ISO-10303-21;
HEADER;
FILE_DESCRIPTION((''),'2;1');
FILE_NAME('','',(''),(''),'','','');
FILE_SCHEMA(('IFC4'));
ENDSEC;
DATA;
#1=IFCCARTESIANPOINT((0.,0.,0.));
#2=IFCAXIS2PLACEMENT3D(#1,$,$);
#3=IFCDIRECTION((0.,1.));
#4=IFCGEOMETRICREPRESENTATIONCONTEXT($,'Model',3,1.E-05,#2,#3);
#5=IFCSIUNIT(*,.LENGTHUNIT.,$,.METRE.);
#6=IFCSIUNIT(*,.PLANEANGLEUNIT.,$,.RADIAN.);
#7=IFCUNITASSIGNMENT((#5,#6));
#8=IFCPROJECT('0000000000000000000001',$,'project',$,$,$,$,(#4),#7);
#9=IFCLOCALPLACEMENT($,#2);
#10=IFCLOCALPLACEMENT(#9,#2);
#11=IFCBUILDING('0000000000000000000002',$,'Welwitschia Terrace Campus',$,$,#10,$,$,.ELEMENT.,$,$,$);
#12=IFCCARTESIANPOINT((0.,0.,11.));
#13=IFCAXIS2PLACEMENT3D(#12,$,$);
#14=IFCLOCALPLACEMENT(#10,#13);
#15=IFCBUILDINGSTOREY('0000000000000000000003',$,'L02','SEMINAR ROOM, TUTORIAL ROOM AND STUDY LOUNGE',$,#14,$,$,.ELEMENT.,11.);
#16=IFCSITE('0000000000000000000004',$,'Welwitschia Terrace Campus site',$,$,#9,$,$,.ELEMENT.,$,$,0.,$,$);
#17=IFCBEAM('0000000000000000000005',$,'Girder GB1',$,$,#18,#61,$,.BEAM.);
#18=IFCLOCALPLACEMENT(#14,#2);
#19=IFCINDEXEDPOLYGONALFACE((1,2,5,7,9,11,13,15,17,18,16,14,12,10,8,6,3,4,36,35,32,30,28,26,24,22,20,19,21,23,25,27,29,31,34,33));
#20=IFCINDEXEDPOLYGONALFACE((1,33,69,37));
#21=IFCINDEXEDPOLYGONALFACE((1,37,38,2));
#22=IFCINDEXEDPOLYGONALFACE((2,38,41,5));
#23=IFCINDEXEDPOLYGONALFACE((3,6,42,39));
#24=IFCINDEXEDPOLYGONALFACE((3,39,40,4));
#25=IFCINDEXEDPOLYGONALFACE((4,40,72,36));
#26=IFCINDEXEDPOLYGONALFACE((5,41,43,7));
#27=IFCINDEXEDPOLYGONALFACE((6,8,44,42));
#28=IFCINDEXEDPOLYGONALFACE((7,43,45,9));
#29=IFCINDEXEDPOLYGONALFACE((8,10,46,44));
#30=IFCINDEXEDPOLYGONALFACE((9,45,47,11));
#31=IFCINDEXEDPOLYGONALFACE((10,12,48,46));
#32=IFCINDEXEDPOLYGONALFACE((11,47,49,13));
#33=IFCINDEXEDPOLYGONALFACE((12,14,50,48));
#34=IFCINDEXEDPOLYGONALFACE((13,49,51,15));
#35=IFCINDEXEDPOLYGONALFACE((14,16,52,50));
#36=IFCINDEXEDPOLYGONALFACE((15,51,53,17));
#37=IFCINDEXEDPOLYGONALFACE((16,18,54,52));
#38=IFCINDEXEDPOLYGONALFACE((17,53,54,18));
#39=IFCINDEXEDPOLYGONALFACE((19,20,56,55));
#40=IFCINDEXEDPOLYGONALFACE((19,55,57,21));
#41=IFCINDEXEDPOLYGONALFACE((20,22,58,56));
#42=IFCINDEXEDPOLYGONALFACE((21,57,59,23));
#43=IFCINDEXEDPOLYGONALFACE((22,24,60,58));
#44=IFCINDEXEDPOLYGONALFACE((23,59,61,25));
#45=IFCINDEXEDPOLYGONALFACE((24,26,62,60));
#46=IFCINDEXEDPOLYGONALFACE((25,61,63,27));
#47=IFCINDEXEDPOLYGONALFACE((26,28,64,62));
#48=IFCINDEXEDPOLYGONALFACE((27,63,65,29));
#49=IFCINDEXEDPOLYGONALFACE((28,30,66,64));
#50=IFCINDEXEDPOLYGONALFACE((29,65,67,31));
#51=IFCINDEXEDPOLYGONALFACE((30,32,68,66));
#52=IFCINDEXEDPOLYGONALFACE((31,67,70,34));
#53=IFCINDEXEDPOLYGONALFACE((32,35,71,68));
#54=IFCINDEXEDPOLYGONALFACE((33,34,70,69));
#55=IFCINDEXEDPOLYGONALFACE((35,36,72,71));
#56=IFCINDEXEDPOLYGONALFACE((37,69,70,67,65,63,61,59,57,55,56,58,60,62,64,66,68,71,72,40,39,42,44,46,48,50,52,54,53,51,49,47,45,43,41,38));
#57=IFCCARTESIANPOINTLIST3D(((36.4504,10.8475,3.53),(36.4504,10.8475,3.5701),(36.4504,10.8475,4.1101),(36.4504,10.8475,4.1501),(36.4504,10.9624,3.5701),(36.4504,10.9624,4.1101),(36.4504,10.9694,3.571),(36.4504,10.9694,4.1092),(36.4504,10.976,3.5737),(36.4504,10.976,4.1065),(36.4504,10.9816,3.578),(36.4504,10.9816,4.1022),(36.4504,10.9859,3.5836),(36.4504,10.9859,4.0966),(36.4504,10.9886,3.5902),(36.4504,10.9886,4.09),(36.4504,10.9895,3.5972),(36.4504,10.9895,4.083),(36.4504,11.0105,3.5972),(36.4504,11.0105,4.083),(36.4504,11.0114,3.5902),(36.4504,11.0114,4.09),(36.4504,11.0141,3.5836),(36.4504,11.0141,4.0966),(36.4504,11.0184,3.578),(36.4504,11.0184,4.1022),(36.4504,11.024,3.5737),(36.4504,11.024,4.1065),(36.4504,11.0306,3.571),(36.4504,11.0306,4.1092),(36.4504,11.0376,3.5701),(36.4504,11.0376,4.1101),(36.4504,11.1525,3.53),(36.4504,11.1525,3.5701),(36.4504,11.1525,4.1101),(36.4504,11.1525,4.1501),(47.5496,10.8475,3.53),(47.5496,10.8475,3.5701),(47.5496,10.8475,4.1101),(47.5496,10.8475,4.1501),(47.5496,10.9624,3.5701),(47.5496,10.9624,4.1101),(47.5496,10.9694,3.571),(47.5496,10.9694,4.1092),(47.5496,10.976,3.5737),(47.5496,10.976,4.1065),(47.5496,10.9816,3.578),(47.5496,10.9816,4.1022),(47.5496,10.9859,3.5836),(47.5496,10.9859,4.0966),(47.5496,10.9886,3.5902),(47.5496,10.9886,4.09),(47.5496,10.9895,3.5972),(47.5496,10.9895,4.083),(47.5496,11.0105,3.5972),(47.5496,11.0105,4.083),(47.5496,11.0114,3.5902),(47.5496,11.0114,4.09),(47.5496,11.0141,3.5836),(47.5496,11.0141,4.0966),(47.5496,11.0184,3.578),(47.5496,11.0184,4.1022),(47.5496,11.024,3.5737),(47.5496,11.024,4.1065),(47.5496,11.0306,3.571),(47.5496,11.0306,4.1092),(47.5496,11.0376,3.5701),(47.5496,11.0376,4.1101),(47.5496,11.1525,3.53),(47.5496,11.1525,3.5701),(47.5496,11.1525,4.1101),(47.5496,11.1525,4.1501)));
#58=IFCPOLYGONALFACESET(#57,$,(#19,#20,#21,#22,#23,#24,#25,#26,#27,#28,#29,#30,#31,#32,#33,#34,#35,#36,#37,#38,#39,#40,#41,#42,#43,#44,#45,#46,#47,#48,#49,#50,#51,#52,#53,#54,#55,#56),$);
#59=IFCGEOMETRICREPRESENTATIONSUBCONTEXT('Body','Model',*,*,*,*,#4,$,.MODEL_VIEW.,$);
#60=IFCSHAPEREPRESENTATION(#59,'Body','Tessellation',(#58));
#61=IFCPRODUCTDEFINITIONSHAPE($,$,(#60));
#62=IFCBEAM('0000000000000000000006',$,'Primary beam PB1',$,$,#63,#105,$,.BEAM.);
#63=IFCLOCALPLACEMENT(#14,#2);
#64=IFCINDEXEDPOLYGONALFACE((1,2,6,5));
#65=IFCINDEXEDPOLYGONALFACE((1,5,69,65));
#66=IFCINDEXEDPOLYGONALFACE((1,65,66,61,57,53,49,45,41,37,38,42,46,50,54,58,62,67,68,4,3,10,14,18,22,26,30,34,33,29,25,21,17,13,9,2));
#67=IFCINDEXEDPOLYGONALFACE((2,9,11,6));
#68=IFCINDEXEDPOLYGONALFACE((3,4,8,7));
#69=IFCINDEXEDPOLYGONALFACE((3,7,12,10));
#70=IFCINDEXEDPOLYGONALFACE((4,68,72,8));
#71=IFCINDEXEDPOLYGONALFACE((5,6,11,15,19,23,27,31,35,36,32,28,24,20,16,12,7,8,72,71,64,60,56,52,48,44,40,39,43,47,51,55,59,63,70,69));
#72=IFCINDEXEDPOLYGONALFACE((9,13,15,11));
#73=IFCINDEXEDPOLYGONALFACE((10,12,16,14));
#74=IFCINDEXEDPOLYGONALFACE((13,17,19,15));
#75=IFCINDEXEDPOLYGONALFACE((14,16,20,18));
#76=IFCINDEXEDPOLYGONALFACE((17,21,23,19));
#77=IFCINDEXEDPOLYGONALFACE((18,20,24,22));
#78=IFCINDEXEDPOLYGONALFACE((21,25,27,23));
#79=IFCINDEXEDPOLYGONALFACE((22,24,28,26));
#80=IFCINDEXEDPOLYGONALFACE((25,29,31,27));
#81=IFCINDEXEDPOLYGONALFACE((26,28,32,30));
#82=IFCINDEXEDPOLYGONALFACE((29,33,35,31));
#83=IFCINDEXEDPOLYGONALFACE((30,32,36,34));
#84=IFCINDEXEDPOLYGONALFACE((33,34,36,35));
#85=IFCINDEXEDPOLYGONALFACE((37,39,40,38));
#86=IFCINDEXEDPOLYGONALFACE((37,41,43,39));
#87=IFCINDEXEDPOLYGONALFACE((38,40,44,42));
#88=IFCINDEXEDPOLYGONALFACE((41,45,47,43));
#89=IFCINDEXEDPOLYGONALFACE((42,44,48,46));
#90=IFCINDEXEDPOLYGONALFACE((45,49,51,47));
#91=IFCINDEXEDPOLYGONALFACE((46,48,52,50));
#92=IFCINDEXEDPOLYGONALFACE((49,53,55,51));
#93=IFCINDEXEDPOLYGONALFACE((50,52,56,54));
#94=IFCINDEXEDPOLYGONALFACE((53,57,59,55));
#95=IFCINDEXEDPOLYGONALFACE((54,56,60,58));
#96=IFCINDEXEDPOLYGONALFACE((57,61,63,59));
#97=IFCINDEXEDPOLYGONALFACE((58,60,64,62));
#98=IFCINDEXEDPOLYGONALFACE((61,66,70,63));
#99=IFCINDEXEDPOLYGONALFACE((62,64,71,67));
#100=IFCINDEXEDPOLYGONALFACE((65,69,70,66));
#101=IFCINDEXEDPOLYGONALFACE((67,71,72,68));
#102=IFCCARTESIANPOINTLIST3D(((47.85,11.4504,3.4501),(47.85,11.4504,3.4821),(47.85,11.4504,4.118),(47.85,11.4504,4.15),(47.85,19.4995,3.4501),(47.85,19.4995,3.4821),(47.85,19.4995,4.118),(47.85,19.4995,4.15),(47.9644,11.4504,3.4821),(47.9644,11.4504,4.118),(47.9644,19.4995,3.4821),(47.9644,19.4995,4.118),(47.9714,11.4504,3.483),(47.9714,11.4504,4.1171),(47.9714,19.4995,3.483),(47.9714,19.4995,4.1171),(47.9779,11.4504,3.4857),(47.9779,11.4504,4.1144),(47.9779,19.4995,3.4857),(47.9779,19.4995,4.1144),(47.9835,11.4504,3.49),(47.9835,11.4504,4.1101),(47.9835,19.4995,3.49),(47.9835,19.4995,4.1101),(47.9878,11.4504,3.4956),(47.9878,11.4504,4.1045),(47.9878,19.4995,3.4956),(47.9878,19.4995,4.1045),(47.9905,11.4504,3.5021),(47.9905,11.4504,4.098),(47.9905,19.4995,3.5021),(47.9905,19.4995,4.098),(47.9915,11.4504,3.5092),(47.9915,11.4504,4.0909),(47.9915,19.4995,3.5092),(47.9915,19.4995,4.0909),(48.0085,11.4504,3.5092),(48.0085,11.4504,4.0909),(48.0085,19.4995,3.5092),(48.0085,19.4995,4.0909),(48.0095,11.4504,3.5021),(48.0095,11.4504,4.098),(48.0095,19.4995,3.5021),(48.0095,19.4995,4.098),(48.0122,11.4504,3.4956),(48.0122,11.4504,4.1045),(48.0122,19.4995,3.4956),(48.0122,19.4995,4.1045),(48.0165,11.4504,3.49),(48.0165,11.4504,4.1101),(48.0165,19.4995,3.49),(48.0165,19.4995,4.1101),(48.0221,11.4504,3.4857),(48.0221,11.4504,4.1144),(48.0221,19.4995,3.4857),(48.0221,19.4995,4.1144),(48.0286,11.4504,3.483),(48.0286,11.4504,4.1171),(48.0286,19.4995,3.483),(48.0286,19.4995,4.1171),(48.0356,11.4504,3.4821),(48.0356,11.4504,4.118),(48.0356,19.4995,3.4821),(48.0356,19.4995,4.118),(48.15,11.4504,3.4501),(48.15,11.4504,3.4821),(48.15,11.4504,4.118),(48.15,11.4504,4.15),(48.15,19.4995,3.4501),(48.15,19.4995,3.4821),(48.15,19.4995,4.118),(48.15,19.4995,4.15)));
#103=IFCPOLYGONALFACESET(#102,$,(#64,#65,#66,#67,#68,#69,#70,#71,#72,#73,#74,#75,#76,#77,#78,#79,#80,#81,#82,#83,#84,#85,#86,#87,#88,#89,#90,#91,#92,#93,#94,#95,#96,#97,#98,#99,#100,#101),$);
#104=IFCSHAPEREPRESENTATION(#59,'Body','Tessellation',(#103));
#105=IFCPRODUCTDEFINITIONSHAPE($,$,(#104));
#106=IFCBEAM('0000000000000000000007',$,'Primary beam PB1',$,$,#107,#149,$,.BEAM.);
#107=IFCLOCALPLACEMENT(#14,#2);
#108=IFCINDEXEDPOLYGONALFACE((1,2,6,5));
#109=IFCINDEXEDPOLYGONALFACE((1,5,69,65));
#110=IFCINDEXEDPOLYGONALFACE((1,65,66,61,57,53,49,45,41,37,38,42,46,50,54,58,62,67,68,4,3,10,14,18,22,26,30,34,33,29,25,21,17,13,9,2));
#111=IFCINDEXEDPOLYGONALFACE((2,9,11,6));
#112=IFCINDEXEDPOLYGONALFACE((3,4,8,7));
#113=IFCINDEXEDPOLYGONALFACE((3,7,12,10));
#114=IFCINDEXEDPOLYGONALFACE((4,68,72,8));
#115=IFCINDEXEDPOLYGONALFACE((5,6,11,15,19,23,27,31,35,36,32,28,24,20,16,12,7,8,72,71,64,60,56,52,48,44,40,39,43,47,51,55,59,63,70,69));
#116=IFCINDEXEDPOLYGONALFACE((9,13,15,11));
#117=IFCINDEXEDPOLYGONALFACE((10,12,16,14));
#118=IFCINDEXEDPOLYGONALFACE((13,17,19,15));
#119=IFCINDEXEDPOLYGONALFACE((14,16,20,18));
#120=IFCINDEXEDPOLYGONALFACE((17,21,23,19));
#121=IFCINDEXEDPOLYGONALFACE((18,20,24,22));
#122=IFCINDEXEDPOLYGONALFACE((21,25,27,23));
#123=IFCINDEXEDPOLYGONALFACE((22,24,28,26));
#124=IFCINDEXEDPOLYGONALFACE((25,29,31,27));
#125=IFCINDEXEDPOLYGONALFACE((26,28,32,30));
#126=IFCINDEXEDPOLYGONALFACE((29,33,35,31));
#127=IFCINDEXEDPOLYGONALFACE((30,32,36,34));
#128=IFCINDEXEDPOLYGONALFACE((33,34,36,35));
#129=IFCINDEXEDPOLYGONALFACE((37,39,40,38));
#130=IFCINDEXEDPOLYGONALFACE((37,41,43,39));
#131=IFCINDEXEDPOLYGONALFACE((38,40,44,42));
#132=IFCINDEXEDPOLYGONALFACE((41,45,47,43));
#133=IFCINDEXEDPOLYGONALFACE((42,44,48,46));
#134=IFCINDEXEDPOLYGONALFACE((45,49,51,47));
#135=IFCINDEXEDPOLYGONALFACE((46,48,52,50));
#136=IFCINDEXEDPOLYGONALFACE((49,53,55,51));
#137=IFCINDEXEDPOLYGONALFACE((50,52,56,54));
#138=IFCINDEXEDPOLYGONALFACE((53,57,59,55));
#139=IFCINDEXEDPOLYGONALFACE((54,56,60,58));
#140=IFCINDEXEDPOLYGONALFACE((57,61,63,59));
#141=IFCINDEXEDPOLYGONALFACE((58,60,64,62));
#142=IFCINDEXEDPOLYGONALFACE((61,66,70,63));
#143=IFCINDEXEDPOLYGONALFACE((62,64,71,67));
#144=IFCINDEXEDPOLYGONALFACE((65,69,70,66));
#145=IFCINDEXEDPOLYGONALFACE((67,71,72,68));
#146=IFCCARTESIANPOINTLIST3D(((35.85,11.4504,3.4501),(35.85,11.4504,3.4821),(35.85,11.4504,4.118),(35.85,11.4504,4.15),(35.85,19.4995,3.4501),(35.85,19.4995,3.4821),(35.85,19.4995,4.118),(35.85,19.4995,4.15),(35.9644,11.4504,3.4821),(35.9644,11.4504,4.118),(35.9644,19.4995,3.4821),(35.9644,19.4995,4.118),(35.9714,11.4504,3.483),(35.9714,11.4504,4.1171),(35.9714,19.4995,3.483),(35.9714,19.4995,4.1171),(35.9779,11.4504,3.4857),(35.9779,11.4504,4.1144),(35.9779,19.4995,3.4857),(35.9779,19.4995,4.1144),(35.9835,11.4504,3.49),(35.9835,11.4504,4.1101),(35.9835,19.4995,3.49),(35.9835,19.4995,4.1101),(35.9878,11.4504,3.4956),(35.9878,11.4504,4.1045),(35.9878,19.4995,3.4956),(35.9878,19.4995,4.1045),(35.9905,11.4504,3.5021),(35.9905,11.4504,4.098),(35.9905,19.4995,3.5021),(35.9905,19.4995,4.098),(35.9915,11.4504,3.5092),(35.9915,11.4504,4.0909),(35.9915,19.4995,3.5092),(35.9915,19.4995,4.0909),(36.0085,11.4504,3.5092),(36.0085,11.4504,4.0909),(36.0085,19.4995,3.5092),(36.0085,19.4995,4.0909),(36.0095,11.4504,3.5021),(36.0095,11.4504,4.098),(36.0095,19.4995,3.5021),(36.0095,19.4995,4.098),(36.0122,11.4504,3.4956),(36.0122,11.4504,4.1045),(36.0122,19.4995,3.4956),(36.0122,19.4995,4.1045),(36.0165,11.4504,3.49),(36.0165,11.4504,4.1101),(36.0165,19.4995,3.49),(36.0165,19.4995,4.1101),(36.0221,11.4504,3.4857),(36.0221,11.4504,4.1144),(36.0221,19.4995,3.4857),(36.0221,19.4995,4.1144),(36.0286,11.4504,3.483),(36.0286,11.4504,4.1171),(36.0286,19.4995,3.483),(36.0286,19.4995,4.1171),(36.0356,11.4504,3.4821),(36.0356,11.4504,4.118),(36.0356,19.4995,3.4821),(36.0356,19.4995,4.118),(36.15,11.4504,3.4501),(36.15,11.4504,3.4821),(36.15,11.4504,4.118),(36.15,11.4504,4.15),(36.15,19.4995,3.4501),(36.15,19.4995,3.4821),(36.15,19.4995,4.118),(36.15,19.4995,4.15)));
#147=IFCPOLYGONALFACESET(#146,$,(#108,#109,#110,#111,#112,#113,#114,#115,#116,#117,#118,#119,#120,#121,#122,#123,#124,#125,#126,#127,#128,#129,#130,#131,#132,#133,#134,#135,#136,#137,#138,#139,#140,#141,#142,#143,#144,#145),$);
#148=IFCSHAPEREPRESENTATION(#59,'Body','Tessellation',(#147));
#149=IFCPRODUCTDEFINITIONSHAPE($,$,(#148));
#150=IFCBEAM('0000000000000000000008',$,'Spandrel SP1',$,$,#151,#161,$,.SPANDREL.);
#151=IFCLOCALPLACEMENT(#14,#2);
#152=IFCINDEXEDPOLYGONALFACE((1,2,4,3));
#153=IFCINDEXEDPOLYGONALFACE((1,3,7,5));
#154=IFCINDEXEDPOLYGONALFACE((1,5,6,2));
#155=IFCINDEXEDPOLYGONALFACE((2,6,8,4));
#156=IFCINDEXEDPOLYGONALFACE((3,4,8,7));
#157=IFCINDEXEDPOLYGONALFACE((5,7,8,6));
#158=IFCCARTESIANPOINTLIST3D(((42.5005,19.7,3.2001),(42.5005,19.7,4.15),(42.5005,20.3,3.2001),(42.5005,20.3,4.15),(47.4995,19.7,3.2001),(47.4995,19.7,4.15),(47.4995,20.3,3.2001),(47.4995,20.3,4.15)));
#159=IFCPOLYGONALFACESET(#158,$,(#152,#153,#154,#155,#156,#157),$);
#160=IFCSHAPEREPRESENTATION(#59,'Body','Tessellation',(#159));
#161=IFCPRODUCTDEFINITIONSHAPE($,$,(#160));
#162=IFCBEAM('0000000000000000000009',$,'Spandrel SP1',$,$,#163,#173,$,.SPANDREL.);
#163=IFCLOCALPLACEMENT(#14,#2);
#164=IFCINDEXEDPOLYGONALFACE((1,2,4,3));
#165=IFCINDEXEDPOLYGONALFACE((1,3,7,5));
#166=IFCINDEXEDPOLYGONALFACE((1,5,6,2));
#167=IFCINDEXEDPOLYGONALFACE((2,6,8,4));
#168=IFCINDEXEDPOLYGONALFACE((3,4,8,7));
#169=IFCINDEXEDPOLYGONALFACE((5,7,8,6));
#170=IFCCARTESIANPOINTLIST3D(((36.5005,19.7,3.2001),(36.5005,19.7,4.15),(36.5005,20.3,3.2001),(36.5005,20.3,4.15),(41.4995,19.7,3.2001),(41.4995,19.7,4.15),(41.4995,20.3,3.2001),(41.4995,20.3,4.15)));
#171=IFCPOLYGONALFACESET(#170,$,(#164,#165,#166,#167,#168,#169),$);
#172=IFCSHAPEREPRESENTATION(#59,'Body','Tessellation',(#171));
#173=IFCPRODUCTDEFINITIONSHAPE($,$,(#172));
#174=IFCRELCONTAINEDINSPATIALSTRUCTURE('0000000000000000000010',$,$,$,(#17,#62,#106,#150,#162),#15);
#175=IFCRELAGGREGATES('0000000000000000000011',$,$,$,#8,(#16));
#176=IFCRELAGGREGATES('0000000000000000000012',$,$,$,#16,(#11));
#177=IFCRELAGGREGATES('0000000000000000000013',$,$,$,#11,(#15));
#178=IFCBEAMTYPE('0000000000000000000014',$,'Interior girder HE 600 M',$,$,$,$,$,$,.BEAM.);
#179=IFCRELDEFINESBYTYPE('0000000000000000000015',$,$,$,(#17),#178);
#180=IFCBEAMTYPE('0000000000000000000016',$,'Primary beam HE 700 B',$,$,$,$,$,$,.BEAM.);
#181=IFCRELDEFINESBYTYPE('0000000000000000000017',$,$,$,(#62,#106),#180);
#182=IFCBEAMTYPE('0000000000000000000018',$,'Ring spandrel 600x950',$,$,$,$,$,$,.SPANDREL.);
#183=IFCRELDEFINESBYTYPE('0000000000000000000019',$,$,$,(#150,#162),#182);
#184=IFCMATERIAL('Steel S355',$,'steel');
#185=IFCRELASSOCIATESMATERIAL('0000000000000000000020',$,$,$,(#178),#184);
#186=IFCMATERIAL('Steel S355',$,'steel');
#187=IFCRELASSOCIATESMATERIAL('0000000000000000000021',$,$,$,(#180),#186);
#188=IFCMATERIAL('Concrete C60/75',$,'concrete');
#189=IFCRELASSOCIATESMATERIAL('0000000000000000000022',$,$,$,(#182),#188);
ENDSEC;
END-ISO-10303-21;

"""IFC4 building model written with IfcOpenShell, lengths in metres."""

from ifc_helpers import new_model, si_unit, direction, frame, origin, origin_2d, place, context, subcontext, project, spatial, rectangle, i_section, extrude, material, material_profile, profile_set, type_object, element, save


model = new_model("IFC4")

# Units and contexts
model_context = context("Model", 3, precision=1e-05, world=origin(), true_north=direction((0.0, 1.0)))
body_context = subcontext(model_context, "Body", "Model", "MODEL_VIEW")
ifc_project = project(units=[si_unit("LENGTHUNIT", "METRE"), si_unit("PLANEANGLEUNIT", "RADIAN")], contexts=[model_context])

# Site, building, storey
site_placement = place(None, origin())
site = spatial("IfcSite", under=ifc_project, at=site_placement, Name="Welwitschia Terrace Campus site", CompositionType="ELEMENT", RefElevation=0.0)
building_placement = place(site_placement, origin())
building = spatial("IfcBuilding", under=site, at=building_placement, Name="Welwitschia Terrace Campus", CompositionType="ELEMENT")
storey_placement = place(building_placement, frame((0.0, 0.0, 11.0)))
storey = spatial("IfcBuildingStorey", under=building, at=storey_placement, Name="L02", Description="SEMINAR ROOM, TUTORIAL ROOM AND STUDY LOUNGE", CompositionType="ELEMENT", Elevation=11.0)

# Beams
ifc_material_1 = material(Name="Steel S355", Category="steel")
ifc_material_profile_1 = material_profile(ifc_material_1, i_section(OverallWidth=0.3049, OverallDepth=0.6201, WebThickness=0.021, FlangeThickness=0.04, FilletRadius=0.0271, at=origin_2d()))
ifc_profile_set_1 = profile_set([ifc_material_profile_1], Name="Steel S355")
beam_type_1 = type_object("IfcBeamType", Name="Interior girder HE 600 M", PredefinedType="BEAM", material=ifc_profile_set_1)
for number, where, z_axis, x_axis, name in (
    (1, (36.4504, 11.0, 3.8401), (1.0, 0.0, 0.0), (0.0, 1.0, 0.0), "Girder GB1"),
):
    element("IfcBeam", number, at=place(storey_placement, frame(where, z_axis=z_axis, x_axis=x_axis)), inside=storey, type_object=beam_type_1, Name=name, PredefinedType="BEAM", context=body_context, shape_type="SweptSolid", body=[
        extrude(i_section(OverallWidth=0.3049, OverallDepth=0.6201, WebThickness=0.021, FlangeThickness=0.04, FilletRadius=0.0271, at=origin_2d()), origin(), (0.0, 0.0, 1.0), 11.0991),
    ])
ifc_material_2 = material(Name="Steel S355", Category="steel")
ifc_material_profile_2 = material_profile(ifc_material_2, i_section(OverallWidth=0.3, OverallDepth=0.7, WebThickness=0.0171, FlangeThickness=0.032, FilletRadius=0.0271, at=origin_2d()))
ifc_profile_set_2 = profile_set([ifc_material_profile_2], Name="Steel S355")
beam_type_2 = type_object("IfcBeamType", Name="Primary beam HE 700 B", PredefinedType="BEAM", material=ifc_profile_set_2)
for number, where, z_axis, x_axis, name in (
    (2, (48.0, 19.4995, 3.8), (0.0, -1.0, 0.0), (1.0, 0.0, 0.0), "Primary beam PB1"),
    (3, (36.0, 19.4995, 3.8), (0.0, -1.0, 0.0), (1.0, 0.0, 0.0), "Primary beam PB1"),
):
    element("IfcBeam", number, at=place(storey_placement, frame(where, z_axis=z_axis, x_axis=x_axis)), inside=storey, type_object=beam_type_2, Name=name, PredefinedType="BEAM", context=body_context, shape_type="SweptSolid", body=[
        extrude(i_section(OverallWidth=0.3, OverallDepth=0.7, WebThickness=0.0171, FlangeThickness=0.032, FilletRadius=0.0271, at=origin_2d()), origin(), (0.0, 0.0, 1.0), 8.0491),
    ])
ifc_material_3 = material(Name="Concrete C60/75", Category="concrete")
ifc_material_profile_3 = material_profile(ifc_material_3, rectangle(XDim=0.6001, YDim=0.95, at=origin_2d()))
ifc_profile_set_3 = profile_set([ifc_material_profile_3], Name="Concrete C60/75")
beam_type_3 = type_object("IfcBeamType", Name="Ring spandrel 600x950", PredefinedType="SPANDREL", material=ifc_profile_set_3)
for number, where, z_axis, x_axis, name in (
    (4, (47.4995, 20.0, 3.675), (-1.0, 0.0, 0.0), (0.0, -1.0, 0.0), "Spandrel SP1"),
    (5, (41.4995, 20.0, 3.675), (-1.0, 0.0, 0.0), (0.0, -1.0, 0.0), "Spandrel SP1"),
):
    element("IfcBeam", number, at=place(storey_placement, frame(where, z_axis=z_axis, x_axis=x_axis)), inside=storey, type_object=beam_type_3, Name=name, PredefinedType="SPANDREL", context=body_context, shape_type="SweptSolid", body=[
        extrude(rectangle(XDim=0.6001, YDim=0.95, at=origin_2d()), origin(), (0.0, 0.0, 1.0), 4.999),
    ])

save(model, "model.ifc")
